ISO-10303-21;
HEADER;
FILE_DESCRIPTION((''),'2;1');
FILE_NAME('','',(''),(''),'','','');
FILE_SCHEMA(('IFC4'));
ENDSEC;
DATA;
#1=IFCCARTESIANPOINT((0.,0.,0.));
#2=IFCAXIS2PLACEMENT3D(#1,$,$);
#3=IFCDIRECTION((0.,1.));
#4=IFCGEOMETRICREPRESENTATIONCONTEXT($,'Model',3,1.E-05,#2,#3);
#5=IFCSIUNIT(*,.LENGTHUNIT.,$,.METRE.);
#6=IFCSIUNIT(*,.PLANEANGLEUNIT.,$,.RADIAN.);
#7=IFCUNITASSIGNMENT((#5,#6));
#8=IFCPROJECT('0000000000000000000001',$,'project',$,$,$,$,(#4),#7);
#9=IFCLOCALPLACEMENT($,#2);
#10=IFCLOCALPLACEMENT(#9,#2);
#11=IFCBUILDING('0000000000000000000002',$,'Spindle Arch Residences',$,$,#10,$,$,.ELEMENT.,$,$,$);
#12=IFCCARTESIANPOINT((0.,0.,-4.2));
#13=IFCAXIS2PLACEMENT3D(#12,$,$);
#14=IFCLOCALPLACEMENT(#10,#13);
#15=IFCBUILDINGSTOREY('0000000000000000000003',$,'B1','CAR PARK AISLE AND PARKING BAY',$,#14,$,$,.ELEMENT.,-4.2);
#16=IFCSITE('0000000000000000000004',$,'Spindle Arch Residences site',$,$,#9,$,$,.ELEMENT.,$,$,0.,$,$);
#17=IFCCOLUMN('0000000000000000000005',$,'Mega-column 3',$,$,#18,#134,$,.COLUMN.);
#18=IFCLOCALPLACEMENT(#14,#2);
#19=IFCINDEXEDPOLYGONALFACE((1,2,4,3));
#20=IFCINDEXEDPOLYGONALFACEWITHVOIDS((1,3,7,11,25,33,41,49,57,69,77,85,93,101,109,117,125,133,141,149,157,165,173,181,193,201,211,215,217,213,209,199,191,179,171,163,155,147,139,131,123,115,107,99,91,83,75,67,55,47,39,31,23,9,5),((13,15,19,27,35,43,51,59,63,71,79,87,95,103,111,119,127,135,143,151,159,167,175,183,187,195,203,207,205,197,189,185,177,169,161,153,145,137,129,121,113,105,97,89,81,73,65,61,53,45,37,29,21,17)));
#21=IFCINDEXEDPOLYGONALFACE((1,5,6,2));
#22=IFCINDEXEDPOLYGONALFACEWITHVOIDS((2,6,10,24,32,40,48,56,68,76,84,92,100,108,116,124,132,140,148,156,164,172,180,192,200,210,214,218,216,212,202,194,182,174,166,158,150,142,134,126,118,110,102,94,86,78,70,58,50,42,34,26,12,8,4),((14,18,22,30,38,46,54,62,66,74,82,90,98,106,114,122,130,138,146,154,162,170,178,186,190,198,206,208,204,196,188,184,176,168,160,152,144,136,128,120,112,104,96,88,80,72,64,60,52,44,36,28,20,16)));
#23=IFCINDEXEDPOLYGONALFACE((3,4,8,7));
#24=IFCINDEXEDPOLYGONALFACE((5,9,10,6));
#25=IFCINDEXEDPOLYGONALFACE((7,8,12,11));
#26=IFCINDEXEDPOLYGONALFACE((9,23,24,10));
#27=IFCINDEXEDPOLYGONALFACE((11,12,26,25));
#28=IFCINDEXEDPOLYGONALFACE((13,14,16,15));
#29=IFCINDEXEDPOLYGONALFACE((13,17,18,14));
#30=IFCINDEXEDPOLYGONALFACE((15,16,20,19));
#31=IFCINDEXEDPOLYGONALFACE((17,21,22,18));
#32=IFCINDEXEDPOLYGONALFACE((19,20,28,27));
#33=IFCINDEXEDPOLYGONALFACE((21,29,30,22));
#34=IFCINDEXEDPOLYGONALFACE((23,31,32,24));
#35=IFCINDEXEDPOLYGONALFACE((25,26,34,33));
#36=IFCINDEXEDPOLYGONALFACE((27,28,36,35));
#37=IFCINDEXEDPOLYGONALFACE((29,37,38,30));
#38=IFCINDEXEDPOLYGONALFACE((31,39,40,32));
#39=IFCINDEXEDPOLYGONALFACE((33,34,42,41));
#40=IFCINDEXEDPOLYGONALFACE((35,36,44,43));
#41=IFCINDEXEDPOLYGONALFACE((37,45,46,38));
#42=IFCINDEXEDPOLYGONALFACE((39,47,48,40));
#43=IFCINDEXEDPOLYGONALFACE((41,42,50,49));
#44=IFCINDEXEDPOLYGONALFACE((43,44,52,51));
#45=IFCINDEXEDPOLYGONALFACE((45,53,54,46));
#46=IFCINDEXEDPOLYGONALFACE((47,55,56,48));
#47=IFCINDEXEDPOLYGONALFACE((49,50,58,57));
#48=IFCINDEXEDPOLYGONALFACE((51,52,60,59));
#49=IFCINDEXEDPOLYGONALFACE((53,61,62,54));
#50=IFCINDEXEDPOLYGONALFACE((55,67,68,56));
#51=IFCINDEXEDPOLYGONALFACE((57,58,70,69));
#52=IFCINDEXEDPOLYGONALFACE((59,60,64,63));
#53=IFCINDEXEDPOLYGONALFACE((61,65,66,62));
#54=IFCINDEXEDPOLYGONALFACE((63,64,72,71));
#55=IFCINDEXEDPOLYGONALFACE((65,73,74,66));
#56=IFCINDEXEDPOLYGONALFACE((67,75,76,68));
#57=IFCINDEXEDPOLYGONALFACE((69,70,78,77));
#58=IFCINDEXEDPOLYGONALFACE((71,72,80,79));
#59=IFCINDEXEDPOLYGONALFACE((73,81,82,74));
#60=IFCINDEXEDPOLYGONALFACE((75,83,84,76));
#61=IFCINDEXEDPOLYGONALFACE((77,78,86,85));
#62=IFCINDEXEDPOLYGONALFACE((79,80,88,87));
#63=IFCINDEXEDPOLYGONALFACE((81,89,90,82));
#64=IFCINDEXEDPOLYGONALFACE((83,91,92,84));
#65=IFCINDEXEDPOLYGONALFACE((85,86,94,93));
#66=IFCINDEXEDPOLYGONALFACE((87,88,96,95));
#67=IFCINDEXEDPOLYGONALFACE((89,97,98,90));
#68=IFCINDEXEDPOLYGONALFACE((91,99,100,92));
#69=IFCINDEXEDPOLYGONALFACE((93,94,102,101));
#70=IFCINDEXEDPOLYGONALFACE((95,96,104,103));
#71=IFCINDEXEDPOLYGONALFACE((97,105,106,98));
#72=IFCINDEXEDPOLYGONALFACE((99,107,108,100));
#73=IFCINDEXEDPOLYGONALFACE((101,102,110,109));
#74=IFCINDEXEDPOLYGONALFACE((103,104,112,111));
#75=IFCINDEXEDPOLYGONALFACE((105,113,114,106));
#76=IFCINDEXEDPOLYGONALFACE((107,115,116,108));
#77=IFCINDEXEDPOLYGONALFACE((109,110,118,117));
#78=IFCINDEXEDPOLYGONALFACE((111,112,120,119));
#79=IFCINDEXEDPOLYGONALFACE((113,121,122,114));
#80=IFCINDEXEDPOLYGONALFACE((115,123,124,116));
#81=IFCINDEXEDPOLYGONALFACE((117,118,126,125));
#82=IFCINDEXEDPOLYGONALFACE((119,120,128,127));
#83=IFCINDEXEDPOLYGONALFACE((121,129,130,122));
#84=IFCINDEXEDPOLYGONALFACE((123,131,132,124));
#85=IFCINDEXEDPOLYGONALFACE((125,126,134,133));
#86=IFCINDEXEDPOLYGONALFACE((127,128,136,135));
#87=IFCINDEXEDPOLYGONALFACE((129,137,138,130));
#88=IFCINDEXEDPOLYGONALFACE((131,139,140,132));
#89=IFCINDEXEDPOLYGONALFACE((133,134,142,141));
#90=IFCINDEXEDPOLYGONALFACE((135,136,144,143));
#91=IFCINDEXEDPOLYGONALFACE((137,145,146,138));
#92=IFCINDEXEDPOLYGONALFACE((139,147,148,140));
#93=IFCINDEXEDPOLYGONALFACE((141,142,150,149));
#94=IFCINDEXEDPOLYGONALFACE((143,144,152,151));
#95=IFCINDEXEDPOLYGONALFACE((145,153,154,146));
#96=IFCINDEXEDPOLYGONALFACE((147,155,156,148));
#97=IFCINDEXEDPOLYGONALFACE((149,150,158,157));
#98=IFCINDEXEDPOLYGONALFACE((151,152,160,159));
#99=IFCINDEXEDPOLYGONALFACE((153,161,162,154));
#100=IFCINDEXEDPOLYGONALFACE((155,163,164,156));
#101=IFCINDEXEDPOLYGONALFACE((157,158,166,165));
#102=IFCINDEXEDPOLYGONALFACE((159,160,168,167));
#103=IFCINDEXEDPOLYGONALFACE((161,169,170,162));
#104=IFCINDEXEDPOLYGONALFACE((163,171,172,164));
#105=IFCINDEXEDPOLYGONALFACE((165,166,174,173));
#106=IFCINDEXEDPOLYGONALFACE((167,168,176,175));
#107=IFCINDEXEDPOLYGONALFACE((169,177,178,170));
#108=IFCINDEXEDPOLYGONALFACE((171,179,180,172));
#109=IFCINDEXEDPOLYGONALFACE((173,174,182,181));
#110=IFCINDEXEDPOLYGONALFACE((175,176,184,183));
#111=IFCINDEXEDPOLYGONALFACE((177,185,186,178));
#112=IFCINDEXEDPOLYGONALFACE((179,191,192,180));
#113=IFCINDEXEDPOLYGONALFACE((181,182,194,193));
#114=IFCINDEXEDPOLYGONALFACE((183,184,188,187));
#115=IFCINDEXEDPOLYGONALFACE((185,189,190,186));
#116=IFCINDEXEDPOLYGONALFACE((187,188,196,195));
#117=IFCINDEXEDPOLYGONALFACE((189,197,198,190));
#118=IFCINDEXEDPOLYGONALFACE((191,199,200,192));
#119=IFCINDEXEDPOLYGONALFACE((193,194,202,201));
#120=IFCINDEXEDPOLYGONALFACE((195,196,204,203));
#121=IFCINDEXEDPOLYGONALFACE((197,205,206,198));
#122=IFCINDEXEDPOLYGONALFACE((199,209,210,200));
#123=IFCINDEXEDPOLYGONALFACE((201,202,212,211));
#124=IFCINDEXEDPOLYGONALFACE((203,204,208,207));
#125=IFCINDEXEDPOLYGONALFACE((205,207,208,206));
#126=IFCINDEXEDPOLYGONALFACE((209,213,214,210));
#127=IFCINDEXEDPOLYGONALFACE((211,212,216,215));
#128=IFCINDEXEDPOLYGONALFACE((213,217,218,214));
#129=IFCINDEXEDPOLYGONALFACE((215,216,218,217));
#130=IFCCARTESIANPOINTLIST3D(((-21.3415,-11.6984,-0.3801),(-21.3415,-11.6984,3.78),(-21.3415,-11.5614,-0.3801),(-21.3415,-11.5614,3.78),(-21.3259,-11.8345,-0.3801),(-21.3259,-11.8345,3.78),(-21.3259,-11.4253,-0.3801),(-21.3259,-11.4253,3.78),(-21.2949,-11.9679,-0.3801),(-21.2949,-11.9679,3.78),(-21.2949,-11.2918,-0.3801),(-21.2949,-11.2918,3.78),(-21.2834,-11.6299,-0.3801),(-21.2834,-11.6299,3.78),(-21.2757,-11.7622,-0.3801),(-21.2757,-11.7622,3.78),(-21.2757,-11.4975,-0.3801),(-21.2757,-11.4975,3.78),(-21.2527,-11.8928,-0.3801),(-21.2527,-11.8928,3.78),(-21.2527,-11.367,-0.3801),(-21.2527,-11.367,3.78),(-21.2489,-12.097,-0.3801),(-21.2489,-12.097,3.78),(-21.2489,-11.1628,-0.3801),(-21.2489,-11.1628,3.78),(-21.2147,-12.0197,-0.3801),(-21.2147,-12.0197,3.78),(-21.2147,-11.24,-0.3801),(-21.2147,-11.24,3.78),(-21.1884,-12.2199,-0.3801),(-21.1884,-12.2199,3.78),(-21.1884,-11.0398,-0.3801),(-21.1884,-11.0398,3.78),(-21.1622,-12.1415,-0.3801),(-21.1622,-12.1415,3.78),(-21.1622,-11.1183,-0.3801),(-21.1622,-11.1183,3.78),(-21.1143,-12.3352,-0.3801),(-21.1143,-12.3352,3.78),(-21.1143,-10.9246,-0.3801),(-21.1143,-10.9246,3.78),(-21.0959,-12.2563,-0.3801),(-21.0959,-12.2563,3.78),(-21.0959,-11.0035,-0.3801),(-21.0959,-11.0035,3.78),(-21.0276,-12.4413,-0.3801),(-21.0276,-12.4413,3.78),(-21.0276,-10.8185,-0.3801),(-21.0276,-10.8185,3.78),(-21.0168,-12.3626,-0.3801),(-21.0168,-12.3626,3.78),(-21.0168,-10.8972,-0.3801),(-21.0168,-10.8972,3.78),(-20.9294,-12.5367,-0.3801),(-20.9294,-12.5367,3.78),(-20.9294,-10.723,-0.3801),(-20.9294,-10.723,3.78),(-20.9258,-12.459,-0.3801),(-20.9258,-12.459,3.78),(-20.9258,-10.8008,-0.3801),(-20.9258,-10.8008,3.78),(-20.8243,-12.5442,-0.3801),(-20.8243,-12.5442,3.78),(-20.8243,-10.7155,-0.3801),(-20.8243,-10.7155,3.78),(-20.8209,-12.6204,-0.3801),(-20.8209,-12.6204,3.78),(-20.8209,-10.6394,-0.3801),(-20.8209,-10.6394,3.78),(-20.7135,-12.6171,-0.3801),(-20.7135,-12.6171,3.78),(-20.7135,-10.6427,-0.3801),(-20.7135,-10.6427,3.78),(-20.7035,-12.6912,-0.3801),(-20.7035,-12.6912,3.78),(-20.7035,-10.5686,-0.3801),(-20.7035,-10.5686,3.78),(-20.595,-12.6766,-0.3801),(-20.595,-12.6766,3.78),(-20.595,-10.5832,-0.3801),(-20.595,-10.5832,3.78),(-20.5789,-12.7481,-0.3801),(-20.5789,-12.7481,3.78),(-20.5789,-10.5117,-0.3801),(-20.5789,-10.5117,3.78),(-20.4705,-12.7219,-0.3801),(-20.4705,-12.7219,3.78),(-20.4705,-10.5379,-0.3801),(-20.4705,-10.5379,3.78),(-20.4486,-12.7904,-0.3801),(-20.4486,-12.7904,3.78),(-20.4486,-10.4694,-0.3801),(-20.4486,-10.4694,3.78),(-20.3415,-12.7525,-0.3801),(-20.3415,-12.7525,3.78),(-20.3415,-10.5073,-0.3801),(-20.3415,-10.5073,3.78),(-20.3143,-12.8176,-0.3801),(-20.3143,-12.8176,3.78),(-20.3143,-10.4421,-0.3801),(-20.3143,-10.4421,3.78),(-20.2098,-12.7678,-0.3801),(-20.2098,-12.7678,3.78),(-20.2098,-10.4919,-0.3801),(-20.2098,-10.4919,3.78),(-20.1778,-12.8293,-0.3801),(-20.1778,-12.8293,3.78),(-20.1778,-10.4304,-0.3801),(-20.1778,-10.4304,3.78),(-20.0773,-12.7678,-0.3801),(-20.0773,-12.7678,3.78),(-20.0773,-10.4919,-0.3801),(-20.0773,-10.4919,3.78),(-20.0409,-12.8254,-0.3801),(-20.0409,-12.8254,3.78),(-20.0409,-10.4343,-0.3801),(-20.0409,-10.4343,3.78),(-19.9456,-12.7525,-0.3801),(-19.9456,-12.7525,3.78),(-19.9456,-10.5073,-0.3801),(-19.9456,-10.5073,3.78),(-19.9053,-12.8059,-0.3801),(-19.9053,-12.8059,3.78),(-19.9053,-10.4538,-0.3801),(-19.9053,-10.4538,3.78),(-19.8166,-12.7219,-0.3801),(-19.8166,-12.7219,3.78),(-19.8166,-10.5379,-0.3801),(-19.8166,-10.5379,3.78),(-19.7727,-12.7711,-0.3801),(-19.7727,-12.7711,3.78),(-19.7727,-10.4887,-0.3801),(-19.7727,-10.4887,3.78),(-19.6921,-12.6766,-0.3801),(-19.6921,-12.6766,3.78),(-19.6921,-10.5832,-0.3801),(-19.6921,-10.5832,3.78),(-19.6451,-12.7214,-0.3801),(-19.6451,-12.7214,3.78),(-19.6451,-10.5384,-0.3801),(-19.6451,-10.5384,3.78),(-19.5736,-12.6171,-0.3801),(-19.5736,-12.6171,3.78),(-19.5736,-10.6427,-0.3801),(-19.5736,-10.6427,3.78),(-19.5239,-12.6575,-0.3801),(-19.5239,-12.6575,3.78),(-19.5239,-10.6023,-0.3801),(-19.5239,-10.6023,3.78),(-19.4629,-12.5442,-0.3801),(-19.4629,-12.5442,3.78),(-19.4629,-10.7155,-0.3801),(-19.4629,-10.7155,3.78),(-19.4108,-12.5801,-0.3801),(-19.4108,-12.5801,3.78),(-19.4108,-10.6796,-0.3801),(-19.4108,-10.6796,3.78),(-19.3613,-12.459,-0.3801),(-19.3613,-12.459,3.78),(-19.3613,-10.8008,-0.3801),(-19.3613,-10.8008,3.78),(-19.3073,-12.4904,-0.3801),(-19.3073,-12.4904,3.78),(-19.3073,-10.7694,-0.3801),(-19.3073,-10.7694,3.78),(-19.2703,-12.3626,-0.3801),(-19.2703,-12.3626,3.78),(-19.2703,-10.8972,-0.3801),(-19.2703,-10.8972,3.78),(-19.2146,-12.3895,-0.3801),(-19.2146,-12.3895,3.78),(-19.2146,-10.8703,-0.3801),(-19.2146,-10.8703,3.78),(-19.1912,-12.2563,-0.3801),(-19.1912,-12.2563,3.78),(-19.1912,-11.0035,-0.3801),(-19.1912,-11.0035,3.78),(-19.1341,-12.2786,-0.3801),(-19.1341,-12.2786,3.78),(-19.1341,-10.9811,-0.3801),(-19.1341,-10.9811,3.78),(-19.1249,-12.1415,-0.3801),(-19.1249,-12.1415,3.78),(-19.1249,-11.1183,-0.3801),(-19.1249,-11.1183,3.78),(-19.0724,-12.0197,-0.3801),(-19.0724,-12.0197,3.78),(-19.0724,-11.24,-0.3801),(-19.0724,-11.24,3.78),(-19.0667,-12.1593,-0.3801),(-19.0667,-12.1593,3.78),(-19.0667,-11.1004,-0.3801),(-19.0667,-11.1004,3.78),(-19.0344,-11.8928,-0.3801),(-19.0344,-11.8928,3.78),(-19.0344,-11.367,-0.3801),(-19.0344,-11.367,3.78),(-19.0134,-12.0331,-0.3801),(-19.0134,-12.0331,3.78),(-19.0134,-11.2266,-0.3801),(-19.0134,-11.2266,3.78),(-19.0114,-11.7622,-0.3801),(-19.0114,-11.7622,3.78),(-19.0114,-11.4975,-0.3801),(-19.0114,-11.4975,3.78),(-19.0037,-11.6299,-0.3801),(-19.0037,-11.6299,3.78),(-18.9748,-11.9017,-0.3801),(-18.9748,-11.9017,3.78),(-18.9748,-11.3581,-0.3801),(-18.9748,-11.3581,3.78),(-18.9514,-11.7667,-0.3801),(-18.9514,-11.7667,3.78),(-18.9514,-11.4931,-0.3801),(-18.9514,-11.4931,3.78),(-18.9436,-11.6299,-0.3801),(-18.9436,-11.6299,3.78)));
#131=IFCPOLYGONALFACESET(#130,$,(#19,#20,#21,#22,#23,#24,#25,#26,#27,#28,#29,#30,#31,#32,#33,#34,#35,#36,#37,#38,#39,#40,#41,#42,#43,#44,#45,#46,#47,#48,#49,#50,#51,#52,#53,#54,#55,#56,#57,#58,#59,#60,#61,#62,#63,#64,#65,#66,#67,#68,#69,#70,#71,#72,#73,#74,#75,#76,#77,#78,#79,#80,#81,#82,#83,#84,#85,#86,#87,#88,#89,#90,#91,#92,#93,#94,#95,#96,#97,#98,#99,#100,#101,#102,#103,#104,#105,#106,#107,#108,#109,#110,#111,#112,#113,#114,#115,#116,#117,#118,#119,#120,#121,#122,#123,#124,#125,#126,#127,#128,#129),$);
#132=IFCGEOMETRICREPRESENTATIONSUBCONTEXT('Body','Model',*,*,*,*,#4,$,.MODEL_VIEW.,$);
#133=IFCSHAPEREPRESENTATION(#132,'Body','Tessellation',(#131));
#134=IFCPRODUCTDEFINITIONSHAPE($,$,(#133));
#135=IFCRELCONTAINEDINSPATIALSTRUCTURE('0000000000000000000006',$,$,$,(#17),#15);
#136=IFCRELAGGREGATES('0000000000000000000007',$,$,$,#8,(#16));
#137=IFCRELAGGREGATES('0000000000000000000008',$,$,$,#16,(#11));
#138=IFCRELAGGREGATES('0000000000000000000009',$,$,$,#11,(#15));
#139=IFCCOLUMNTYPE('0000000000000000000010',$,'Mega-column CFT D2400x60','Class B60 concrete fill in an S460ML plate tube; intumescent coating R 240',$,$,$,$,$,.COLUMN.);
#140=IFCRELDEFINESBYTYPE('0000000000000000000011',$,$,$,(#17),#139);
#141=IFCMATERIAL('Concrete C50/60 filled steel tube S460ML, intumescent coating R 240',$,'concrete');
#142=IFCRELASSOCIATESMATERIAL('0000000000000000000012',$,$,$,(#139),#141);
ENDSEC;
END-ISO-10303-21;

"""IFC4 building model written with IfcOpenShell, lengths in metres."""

from ifc_helpers import new_model, si_unit, direction, frame, origin, origin_2d, place, context, subcontext, project, spatial, hollow_circle, extrude, material, material_profile, profile_set, type_object, element, save


model = new_model("IFC4")

# Units and contexts
model_context = context("Model", 3, precision=1e-05, world=origin(), true_north=direction((0.0, 1.0)))
body_context = subcontext(model_context, "Body", "Model", "MODEL_VIEW")
ifc_project = project(units=[si_unit("LENGTHUNIT", "METRE"), si_unit("PLANEANGLEUNIT", "RADIAN")], contexts=[model_context])

# Site, building, storey
site_placement = place(None, origin())
site = spatial("IfcSite", under=ifc_project, at=site_placement, Name="Spindle Arch Residences site", CompositionType="ELEMENT", RefElevation=0.0)
building_placement = place(site_placement, origin())
building = spatial("IfcBuilding", under=site, at=building_placement, Name="Spindle Arch Residences", CompositionType="ELEMENT")
storey_placement = place(building_placement, frame((0.0, 0.0, -4.2)))
storey = spatial("IfcBuildingStorey", under=building, at=storey_placement, Name="B1", Description="CAR PARK AISLE AND PARKING BAY", CompositionType="ELEMENT", Elevation=-4.2)

# Column
ifc_material_1 = material(Name="Concrete C50/60 filled steel tube S460ML, intumescent coating R 240", Category="concrete")
ifc_material_profile_1 = material_profile(ifc_material_1, hollow_circle(Radius=1.2, WallThickness=0.0601, at=origin_2d()), Name="CFT D2400x60")
ifc_profile_set_1 = profile_set([ifc_material_profile_1], Name="Concrete C50/60 filled steel tube S460ML, intumescent coating R 240")
column_type_1 = type_object("IfcColumnType", Name="Mega-column CFT D2400x60", Description="Class B60 concrete fill in an S460ML plate tube; intumescent coating R 240", PredefinedType="COLUMN", material=ifc_profile_set_1)
column_1_placement = place(storey_placement, frame((-20.1436, -11.6299, -0.3801), z_axis=(0.0, 0.0, 1.0), x_axis=(1.0, 0.0, 0.0)))
element("IfcColumn", 1, at=column_1_placement, inside=storey, type_object=column_type_1, Name="Mega-column 3", PredefinedType="COLUMN", context=body_context, shape_type="SweptSolid", body=[
    extrude(hollow_circle(Radius=1.2, WallThickness=0.0601, at=origin_2d()), origin(), (0.0, 0.0, 1.0), 4.1602),
])

save(model, "model.ifc")
